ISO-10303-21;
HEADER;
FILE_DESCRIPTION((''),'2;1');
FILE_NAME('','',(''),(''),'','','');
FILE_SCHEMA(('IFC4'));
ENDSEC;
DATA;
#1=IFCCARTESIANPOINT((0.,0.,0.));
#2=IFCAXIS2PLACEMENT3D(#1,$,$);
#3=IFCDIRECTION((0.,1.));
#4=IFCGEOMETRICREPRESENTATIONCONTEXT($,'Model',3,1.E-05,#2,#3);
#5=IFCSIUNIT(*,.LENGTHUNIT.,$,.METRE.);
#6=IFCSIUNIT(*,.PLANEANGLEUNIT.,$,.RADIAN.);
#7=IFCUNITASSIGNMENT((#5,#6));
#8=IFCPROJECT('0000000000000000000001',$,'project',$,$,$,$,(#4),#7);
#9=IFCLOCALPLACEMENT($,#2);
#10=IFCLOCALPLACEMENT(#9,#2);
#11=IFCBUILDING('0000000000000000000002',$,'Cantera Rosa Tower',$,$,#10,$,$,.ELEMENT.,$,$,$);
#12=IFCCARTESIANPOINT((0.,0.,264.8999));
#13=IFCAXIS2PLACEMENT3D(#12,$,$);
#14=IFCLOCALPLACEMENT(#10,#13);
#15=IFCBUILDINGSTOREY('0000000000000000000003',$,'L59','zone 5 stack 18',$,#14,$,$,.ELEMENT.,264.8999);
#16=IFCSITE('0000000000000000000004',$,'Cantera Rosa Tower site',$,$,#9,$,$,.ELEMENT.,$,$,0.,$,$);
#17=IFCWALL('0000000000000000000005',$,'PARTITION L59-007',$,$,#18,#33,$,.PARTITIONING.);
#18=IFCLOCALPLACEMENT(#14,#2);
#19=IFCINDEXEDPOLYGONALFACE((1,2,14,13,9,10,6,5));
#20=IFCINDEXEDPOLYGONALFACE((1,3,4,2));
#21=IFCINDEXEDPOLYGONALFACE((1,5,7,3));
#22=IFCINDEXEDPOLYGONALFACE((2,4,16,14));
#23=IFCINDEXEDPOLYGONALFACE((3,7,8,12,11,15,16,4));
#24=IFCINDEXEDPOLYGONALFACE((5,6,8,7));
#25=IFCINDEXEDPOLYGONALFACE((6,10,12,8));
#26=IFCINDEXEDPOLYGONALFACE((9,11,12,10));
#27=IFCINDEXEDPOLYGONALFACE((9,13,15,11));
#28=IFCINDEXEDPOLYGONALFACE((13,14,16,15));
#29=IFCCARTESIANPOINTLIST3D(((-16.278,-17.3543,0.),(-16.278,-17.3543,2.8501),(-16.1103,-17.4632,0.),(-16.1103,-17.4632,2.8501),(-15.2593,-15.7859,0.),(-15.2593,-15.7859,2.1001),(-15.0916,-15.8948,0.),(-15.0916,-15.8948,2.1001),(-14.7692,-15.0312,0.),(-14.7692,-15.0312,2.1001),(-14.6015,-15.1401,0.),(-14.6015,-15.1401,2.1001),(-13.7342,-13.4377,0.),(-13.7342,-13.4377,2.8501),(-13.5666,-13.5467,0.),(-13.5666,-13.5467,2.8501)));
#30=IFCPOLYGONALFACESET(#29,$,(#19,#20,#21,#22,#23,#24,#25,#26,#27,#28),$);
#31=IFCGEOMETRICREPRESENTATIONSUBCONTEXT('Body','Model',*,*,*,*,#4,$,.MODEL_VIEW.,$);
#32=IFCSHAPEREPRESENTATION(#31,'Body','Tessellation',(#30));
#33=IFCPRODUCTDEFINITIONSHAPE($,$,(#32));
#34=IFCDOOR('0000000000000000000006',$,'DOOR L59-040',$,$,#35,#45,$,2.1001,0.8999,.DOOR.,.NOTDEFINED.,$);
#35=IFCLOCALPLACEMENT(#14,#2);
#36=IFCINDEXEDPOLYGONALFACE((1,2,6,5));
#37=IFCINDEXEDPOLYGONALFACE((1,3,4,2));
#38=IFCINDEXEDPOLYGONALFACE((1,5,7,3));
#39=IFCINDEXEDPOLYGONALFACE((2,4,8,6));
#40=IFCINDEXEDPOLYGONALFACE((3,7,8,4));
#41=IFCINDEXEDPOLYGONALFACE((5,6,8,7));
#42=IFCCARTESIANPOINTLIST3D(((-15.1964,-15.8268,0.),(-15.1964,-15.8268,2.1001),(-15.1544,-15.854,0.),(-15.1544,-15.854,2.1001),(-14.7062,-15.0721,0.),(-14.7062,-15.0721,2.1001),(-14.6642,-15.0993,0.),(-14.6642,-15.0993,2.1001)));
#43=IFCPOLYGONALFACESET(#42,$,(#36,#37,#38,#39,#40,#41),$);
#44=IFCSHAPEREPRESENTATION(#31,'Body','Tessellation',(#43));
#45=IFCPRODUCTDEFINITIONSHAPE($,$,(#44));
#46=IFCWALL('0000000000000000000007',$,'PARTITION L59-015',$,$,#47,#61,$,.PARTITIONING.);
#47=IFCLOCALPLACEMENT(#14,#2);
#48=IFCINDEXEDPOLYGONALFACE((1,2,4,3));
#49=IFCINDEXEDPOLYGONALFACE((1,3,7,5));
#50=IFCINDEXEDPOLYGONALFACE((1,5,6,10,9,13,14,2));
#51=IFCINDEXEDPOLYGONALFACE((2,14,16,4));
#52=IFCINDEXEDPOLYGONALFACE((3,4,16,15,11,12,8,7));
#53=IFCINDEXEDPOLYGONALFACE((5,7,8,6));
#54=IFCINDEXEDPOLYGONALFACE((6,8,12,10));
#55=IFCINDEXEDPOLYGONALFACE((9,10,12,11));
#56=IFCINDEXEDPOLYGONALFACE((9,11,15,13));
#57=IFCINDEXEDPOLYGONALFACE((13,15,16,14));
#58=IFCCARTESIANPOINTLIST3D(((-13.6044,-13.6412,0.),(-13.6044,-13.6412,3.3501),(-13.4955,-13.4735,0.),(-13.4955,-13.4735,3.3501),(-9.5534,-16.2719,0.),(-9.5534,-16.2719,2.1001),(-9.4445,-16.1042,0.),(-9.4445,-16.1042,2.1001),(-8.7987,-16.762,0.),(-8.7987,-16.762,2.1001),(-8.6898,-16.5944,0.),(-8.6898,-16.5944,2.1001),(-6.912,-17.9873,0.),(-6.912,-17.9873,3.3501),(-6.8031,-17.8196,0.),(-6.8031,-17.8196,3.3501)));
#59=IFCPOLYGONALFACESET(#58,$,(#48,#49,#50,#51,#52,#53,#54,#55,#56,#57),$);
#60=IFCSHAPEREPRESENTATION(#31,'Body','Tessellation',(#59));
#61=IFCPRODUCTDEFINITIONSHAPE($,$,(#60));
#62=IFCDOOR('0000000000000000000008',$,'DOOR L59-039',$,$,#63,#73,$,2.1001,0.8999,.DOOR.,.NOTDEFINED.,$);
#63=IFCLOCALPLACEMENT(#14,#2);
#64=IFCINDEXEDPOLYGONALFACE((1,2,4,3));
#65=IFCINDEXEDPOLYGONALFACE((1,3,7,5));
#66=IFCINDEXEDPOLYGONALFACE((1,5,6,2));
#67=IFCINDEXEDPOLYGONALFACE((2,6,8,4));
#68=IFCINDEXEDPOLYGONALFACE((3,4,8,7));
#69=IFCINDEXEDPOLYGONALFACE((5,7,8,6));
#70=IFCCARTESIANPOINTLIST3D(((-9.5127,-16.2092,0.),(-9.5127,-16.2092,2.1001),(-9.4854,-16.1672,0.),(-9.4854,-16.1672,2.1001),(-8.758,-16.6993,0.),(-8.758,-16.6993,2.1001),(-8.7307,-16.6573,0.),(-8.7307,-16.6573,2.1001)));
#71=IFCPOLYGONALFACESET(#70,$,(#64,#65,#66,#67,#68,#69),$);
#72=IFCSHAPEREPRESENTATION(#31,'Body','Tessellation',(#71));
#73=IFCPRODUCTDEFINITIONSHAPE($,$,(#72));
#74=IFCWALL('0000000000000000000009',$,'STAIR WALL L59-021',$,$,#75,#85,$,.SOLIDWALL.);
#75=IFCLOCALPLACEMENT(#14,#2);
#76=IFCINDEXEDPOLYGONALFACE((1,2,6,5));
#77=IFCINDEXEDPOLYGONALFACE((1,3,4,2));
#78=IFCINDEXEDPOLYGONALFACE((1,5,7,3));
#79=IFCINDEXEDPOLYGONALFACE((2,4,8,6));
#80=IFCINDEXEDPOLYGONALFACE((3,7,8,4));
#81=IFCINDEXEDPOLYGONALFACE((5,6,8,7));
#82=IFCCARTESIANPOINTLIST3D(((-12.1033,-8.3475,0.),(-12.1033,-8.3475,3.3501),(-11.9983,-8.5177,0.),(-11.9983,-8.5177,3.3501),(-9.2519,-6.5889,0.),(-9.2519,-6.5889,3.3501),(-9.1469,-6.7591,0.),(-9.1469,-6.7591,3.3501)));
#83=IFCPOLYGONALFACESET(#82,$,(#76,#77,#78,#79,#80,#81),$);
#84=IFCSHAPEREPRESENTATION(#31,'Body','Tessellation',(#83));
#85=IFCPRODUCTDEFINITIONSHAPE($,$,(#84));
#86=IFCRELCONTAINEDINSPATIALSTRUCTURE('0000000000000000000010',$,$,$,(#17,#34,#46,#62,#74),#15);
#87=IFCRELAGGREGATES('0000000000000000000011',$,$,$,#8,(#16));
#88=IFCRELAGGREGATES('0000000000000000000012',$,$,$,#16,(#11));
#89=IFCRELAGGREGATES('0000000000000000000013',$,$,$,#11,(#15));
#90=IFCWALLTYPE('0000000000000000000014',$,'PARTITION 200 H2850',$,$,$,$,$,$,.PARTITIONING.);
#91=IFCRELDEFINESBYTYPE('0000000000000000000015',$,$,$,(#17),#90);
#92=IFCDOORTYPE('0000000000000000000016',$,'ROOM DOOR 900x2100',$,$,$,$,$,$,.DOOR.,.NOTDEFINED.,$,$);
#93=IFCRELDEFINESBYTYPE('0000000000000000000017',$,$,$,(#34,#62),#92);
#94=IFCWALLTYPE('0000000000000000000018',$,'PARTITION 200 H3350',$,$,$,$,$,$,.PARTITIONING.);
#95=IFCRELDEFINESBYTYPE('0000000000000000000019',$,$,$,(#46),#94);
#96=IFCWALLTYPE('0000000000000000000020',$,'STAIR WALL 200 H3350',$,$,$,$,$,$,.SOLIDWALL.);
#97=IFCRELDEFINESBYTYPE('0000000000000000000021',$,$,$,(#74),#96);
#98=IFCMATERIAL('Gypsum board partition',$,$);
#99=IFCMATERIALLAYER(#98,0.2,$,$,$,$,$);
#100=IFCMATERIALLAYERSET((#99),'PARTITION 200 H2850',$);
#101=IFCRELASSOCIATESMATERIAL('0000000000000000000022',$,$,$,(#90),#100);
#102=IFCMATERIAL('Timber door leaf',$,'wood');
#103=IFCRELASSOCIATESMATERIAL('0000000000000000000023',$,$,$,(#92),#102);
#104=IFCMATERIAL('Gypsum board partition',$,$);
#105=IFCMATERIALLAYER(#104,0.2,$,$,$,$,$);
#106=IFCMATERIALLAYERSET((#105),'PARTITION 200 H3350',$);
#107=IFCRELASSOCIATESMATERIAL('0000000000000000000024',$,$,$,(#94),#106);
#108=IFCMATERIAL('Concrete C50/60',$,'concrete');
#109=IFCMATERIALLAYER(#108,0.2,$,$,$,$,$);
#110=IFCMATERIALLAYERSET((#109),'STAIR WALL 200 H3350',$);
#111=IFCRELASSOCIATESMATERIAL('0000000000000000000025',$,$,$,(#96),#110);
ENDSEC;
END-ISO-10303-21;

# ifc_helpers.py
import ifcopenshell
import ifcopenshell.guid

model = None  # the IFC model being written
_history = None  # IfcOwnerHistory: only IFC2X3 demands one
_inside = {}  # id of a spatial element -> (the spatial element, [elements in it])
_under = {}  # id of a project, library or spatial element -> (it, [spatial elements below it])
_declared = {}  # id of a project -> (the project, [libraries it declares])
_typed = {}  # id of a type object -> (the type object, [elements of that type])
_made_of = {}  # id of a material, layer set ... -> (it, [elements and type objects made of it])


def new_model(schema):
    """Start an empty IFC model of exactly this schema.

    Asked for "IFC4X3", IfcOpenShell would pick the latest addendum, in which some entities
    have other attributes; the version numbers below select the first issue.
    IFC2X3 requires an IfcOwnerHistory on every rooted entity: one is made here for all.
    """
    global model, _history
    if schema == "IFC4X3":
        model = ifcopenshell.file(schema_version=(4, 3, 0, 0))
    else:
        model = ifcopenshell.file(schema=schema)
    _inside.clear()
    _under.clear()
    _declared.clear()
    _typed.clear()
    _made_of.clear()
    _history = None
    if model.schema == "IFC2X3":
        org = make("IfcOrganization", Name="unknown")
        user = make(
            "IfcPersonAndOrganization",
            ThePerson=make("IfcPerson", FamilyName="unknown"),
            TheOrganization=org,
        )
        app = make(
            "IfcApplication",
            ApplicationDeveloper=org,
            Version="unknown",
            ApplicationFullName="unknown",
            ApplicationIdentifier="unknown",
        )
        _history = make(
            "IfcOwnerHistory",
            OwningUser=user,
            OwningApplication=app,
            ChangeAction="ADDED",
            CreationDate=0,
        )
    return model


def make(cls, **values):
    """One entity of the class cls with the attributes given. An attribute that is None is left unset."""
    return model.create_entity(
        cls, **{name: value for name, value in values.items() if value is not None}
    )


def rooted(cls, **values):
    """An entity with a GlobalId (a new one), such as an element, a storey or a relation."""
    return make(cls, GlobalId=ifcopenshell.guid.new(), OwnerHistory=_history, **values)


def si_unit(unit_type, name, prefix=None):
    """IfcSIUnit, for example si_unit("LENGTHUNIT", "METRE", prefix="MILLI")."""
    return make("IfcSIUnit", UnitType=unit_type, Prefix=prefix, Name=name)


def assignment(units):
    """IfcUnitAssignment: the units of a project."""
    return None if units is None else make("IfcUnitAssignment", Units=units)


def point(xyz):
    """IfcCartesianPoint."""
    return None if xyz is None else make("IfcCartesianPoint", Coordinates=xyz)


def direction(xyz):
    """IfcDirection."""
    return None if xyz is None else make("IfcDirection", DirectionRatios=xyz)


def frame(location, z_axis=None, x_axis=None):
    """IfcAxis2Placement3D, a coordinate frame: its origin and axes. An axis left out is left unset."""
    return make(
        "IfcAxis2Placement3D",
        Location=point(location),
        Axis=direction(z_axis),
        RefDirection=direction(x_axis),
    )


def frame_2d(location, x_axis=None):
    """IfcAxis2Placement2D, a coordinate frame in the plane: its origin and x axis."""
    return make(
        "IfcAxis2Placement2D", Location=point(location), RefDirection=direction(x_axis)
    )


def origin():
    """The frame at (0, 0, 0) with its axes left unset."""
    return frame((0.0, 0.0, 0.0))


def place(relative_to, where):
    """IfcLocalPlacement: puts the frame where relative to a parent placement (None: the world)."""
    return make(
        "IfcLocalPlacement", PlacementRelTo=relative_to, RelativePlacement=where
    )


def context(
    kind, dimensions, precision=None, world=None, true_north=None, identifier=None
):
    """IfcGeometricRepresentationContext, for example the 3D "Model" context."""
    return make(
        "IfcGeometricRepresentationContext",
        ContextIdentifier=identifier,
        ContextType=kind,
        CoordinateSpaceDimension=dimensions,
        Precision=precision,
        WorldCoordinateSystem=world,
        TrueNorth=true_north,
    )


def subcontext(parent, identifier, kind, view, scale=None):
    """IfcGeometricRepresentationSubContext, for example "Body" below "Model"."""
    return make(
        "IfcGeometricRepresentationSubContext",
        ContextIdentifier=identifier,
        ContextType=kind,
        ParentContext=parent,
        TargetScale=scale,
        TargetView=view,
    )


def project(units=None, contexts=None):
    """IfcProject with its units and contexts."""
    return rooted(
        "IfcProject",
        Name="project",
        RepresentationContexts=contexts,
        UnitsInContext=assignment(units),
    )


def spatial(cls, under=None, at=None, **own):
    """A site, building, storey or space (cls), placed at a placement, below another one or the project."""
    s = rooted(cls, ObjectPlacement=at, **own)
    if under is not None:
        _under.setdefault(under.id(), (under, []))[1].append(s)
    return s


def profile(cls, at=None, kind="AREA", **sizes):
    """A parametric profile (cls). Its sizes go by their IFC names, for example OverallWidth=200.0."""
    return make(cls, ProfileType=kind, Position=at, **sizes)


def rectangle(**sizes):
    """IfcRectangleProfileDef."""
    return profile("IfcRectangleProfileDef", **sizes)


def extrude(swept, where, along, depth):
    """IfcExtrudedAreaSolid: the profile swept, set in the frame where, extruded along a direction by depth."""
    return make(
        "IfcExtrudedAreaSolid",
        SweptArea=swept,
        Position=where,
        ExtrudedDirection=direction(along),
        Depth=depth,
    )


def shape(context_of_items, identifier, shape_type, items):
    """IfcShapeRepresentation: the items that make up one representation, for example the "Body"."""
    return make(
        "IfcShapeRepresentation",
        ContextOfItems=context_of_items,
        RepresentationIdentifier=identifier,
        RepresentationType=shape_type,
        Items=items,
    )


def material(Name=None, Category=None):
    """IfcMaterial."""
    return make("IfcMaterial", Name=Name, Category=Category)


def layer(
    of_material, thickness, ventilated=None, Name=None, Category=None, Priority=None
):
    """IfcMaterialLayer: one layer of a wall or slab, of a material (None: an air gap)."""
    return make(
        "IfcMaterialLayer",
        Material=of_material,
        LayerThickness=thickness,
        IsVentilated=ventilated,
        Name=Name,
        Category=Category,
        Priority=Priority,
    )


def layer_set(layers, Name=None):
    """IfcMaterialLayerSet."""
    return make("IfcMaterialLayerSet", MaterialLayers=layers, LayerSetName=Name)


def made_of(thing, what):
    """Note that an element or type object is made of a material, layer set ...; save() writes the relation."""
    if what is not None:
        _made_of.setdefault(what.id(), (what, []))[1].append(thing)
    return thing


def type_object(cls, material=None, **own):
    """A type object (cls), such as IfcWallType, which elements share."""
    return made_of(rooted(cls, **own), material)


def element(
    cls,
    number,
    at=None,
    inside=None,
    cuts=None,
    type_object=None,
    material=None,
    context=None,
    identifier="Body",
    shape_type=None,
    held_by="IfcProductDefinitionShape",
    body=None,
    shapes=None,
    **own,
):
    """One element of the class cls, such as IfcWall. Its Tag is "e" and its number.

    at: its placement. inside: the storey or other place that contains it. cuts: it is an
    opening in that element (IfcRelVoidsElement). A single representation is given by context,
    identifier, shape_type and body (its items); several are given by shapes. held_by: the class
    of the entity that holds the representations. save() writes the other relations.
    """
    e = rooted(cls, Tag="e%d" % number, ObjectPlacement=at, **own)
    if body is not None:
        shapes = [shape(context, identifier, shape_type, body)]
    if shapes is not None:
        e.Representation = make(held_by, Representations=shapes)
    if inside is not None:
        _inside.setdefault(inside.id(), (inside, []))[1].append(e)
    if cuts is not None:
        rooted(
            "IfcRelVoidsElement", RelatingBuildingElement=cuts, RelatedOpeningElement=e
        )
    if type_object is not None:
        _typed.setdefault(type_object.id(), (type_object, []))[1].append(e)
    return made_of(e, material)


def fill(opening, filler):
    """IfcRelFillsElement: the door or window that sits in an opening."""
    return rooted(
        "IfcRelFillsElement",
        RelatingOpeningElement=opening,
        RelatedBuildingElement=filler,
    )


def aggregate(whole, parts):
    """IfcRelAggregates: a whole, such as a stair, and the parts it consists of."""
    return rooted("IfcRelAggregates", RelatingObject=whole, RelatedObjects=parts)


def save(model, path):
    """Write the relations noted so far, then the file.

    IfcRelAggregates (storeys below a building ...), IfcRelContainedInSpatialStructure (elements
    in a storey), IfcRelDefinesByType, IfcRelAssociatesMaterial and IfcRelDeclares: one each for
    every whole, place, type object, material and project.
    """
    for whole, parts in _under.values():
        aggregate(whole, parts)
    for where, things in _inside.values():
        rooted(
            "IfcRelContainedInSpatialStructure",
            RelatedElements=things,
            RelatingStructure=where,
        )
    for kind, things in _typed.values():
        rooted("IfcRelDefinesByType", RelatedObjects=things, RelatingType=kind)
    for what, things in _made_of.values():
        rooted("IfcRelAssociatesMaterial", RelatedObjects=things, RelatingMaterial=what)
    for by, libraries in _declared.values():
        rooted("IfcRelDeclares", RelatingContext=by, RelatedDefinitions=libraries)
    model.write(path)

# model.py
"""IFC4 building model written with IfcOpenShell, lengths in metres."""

from ifc_helpers import new_model, si_unit, direction, frame, frame_2d, origin, place, context, subcontext, project, spatial, rectangle, extrude, material, layer, layer_set, type_object, element, fill, save


model = new_model("IFC4")

# Units and contexts
model_context = context("Model", 3, precision=1e-05, world=origin(), true_north=direction((0.0, 1.0)))
body_context = subcontext(model_context, "Body", "Model", "MODEL_VIEW")
ifc_project = project(units=[si_unit("LENGTHUNIT", "METRE"), si_unit("PLANEANGLEUNIT", "RADIAN")], contexts=[model_context])

# Site, building, storey
site_placement = place(None, origin())
site = spatial("IfcSite", under=ifc_project, at=site_placement, Name="Cantera Rosa Tower site", CompositionType="ELEMENT", RefElevation=0.0)
building_placement = place(site_placement, origin())
building = spatial("IfcBuilding", under=site, at=building_placement, Name="Cantera Rosa Tower", CompositionType="ELEMENT")
storey_placement = place(building_placement, frame((0.0, 0.0, 264.8999)))
storey = spatial("IfcBuildingStorey", under=building, at=storey_placement, Name="L59", Description="zone 5 stack 18", CompositionType="ELEMENT", Elevation=264.8999)

# Walls, openings, doors
ifc_material_1 = material(Name="Gypsum board partition")
ifc_layer_1 = layer(ifc_material_1, 0.2)
ifc_layer_set_1 = layer_set([ifc_layer_1], Name="PARTITION 200 H2850")
wall_type_1 = type_object("IfcWallType", Name="PARTITION 200 H2850", PredefinedType="PARTITIONING", material=ifc_layer_set_1)
wall_1_placement = place(storey_placement, frame((-16.1941, -17.4087, 0.0), z_axis=(0.0, 0.0, 1.0), x_axis=(0.544683, 0.838642, 0.0)))
wall_1 = element("IfcWall", 1, at=wall_1_placement, inside=storey, type_object=wall_type_1, Name="PARTITION L59-007", PredefinedType="PARTITIONING", context=body_context, shape_type="SweptSolid", body=[
    extrude(rectangle(XDim=4.6702, YDim=0.2, at=frame_2d((2.335, 0.0))), origin(), (0.0, 0.0, 1.0), 2.8501),
])
opening_1_placement = place(wall_1_placement, frame((1.8701, 0.0, 0.0)))
opening_1 = element("IfcOpeningElement", 2, at=opening_1_placement, cuts=wall_1, PredefinedType="OPENING", context=body_context, shape_type="SweptSolid", body=[
    extrude(rectangle(XDim=0.8999, YDim=2.1001, at=frame_2d((0.45, 1.05))), frame((0.0, 0.1099, 0.0), z_axis=(0.0, -1.0, 0.0), x_axis=(1.0, 0.0, 0.0)), (0.0, 0.0, 1.0), 0.22),
])
ifc_material_2 = material(Name="Timber door leaf", Category="wood")
door_type_1 = type_object("IfcDoorType", Name="ROOM DOOR 900x2100", OperationType="NOTDEFINED", PredefinedType="DOOR", material=ifc_material_2)
door_1_placement = place(opening_1_placement, origin())
door_1 = element("IfcDoor", 3, at=door_1_placement, inside=storey, type_object=door_type_1, Name="DOOR L59-040", OperationType="NOTDEFINED", OverallHeight=2.1001, OverallWidth=0.8999, PredefinedType="DOOR", context=body_context, shape_type="SweptSolid", body=[
    extrude(rectangle(XDim=0.8999, YDim=2.1001, at=frame_2d((0.45, 1.05))), frame((0.0, 0.0249, 0.0), z_axis=(0.0, -1.0, 0.0), x_axis=(1.0, 0.0, 0.0)), (0.0, 0.0, 1.0), 0.05),
])
fill(opening_1, door_1)
ifc_material_3 = material(Name="Gypsum board partition")
ifc_layer_2 = layer(ifc_material_3, 0.2)
ifc_layer_set_2 = layer_set([ifc_layer_2], Name="PARTITION 200 H3350")
wall_type_2 = type_object("IfcWallType", Name="PARTITION 200 H3350", PredefinedType="PARTITIONING", material=ifc_layer_set_2)
wall_2_placement = place(storey_placement, frame((-13.5498, -13.5574, 0.0), z_axis=(0.0, 0.0, 1.0), x_axis=(0.838664, -0.544648, 0.0)))
wall_2 = element("IfcWall", 4, at=wall_2_placement, inside=storey, type_object=wall_type_2, Name="PARTITION L59-015", PredefinedType="PARTITIONING", context=body_context, shape_type="SweptSolid", body=[
    extrude(rectangle(XDim=7.9797, YDim=0.2, at=frame_2d((3.9897, 0.0))), origin(), (0.0, 0.0, 1.0), 3.3501),
])
opening_2_placement = place(wall_2_placement, frame((4.8301, 0.0, 0.0)))
opening_2 = element("IfcOpeningElement", 5, at=opening_2_placement, cuts=wall_2, PredefinedType="OPENING", context=body_context, shape_type="SweptSolid", body=[
    extrude(rectangle(XDim=0.8999, YDim=2.1001, at=frame_2d((0.45, 1.05))), frame((0.0, 0.1099, 0.0), z_axis=(0.0, -1.0, 0.0), x_axis=(1.0, 0.0, 0.0)), (0.0, 0.0, 1.0), 0.22),
])
door_2_placement = place(opening_2_placement, origin())
door_2 = element("IfcDoor", 6, at=door_2_placement, inside=storey, type_object=door_type_1, Name="DOOR L59-039", OperationType="NOTDEFINED", OverallHeight=2.1001, OverallWidth=0.8999, PredefinedType="DOOR", context=body_context, shape_type="SweptSolid", body=[
    extrude(rectangle(XDim=0.8999, YDim=2.1001, at=frame_2d((0.45, 1.05))), frame((0.0, 0.0249, 0.0), z_axis=(0.0, -1.0, 0.0), x_axis=(1.0, 0.0, 0.0)), (0.0, 0.0, 1.0), 0.05),
])
fill(opening_2, door_2)

# Wall
ifc_material_4 = material(Name="Concrete C50/60", Category="concrete")
ifc_layer_3 = layer(ifc_material_4, 0.2)
ifc_layer_set_3 = layer_set([ifc_layer_3], Name="STAIR WALL 200 H3350")
wall_type_3 = type_object("IfcWallType", Name="STAIR WALL 200 H3350", PredefinedType="SOLIDWALL", material=ifc_layer_set_3)
wall_3_placement = place(storey_placement, frame((-12.0508, -8.4326, 0.0), z_axis=(0.0, 0.0, 1.0), x_axis=(0.85114, 0.524939, 0.0)))
element("IfcWall", 7, at=wall_3_placement, inside=storey, type_object=wall_type_3, Name="STAIR WALL L59-021", PredefinedType="SOLIDWALL", context=body_context, shape_type="SweptSolid", body=[
    extrude(rectangle(XDim=3.3501, YDim=0.2, at=frame_2d((1.675, 0.0))), origin(), (0.0, 0.0, 1.0), 3.3501),
])

save(model, "model.ifc")
